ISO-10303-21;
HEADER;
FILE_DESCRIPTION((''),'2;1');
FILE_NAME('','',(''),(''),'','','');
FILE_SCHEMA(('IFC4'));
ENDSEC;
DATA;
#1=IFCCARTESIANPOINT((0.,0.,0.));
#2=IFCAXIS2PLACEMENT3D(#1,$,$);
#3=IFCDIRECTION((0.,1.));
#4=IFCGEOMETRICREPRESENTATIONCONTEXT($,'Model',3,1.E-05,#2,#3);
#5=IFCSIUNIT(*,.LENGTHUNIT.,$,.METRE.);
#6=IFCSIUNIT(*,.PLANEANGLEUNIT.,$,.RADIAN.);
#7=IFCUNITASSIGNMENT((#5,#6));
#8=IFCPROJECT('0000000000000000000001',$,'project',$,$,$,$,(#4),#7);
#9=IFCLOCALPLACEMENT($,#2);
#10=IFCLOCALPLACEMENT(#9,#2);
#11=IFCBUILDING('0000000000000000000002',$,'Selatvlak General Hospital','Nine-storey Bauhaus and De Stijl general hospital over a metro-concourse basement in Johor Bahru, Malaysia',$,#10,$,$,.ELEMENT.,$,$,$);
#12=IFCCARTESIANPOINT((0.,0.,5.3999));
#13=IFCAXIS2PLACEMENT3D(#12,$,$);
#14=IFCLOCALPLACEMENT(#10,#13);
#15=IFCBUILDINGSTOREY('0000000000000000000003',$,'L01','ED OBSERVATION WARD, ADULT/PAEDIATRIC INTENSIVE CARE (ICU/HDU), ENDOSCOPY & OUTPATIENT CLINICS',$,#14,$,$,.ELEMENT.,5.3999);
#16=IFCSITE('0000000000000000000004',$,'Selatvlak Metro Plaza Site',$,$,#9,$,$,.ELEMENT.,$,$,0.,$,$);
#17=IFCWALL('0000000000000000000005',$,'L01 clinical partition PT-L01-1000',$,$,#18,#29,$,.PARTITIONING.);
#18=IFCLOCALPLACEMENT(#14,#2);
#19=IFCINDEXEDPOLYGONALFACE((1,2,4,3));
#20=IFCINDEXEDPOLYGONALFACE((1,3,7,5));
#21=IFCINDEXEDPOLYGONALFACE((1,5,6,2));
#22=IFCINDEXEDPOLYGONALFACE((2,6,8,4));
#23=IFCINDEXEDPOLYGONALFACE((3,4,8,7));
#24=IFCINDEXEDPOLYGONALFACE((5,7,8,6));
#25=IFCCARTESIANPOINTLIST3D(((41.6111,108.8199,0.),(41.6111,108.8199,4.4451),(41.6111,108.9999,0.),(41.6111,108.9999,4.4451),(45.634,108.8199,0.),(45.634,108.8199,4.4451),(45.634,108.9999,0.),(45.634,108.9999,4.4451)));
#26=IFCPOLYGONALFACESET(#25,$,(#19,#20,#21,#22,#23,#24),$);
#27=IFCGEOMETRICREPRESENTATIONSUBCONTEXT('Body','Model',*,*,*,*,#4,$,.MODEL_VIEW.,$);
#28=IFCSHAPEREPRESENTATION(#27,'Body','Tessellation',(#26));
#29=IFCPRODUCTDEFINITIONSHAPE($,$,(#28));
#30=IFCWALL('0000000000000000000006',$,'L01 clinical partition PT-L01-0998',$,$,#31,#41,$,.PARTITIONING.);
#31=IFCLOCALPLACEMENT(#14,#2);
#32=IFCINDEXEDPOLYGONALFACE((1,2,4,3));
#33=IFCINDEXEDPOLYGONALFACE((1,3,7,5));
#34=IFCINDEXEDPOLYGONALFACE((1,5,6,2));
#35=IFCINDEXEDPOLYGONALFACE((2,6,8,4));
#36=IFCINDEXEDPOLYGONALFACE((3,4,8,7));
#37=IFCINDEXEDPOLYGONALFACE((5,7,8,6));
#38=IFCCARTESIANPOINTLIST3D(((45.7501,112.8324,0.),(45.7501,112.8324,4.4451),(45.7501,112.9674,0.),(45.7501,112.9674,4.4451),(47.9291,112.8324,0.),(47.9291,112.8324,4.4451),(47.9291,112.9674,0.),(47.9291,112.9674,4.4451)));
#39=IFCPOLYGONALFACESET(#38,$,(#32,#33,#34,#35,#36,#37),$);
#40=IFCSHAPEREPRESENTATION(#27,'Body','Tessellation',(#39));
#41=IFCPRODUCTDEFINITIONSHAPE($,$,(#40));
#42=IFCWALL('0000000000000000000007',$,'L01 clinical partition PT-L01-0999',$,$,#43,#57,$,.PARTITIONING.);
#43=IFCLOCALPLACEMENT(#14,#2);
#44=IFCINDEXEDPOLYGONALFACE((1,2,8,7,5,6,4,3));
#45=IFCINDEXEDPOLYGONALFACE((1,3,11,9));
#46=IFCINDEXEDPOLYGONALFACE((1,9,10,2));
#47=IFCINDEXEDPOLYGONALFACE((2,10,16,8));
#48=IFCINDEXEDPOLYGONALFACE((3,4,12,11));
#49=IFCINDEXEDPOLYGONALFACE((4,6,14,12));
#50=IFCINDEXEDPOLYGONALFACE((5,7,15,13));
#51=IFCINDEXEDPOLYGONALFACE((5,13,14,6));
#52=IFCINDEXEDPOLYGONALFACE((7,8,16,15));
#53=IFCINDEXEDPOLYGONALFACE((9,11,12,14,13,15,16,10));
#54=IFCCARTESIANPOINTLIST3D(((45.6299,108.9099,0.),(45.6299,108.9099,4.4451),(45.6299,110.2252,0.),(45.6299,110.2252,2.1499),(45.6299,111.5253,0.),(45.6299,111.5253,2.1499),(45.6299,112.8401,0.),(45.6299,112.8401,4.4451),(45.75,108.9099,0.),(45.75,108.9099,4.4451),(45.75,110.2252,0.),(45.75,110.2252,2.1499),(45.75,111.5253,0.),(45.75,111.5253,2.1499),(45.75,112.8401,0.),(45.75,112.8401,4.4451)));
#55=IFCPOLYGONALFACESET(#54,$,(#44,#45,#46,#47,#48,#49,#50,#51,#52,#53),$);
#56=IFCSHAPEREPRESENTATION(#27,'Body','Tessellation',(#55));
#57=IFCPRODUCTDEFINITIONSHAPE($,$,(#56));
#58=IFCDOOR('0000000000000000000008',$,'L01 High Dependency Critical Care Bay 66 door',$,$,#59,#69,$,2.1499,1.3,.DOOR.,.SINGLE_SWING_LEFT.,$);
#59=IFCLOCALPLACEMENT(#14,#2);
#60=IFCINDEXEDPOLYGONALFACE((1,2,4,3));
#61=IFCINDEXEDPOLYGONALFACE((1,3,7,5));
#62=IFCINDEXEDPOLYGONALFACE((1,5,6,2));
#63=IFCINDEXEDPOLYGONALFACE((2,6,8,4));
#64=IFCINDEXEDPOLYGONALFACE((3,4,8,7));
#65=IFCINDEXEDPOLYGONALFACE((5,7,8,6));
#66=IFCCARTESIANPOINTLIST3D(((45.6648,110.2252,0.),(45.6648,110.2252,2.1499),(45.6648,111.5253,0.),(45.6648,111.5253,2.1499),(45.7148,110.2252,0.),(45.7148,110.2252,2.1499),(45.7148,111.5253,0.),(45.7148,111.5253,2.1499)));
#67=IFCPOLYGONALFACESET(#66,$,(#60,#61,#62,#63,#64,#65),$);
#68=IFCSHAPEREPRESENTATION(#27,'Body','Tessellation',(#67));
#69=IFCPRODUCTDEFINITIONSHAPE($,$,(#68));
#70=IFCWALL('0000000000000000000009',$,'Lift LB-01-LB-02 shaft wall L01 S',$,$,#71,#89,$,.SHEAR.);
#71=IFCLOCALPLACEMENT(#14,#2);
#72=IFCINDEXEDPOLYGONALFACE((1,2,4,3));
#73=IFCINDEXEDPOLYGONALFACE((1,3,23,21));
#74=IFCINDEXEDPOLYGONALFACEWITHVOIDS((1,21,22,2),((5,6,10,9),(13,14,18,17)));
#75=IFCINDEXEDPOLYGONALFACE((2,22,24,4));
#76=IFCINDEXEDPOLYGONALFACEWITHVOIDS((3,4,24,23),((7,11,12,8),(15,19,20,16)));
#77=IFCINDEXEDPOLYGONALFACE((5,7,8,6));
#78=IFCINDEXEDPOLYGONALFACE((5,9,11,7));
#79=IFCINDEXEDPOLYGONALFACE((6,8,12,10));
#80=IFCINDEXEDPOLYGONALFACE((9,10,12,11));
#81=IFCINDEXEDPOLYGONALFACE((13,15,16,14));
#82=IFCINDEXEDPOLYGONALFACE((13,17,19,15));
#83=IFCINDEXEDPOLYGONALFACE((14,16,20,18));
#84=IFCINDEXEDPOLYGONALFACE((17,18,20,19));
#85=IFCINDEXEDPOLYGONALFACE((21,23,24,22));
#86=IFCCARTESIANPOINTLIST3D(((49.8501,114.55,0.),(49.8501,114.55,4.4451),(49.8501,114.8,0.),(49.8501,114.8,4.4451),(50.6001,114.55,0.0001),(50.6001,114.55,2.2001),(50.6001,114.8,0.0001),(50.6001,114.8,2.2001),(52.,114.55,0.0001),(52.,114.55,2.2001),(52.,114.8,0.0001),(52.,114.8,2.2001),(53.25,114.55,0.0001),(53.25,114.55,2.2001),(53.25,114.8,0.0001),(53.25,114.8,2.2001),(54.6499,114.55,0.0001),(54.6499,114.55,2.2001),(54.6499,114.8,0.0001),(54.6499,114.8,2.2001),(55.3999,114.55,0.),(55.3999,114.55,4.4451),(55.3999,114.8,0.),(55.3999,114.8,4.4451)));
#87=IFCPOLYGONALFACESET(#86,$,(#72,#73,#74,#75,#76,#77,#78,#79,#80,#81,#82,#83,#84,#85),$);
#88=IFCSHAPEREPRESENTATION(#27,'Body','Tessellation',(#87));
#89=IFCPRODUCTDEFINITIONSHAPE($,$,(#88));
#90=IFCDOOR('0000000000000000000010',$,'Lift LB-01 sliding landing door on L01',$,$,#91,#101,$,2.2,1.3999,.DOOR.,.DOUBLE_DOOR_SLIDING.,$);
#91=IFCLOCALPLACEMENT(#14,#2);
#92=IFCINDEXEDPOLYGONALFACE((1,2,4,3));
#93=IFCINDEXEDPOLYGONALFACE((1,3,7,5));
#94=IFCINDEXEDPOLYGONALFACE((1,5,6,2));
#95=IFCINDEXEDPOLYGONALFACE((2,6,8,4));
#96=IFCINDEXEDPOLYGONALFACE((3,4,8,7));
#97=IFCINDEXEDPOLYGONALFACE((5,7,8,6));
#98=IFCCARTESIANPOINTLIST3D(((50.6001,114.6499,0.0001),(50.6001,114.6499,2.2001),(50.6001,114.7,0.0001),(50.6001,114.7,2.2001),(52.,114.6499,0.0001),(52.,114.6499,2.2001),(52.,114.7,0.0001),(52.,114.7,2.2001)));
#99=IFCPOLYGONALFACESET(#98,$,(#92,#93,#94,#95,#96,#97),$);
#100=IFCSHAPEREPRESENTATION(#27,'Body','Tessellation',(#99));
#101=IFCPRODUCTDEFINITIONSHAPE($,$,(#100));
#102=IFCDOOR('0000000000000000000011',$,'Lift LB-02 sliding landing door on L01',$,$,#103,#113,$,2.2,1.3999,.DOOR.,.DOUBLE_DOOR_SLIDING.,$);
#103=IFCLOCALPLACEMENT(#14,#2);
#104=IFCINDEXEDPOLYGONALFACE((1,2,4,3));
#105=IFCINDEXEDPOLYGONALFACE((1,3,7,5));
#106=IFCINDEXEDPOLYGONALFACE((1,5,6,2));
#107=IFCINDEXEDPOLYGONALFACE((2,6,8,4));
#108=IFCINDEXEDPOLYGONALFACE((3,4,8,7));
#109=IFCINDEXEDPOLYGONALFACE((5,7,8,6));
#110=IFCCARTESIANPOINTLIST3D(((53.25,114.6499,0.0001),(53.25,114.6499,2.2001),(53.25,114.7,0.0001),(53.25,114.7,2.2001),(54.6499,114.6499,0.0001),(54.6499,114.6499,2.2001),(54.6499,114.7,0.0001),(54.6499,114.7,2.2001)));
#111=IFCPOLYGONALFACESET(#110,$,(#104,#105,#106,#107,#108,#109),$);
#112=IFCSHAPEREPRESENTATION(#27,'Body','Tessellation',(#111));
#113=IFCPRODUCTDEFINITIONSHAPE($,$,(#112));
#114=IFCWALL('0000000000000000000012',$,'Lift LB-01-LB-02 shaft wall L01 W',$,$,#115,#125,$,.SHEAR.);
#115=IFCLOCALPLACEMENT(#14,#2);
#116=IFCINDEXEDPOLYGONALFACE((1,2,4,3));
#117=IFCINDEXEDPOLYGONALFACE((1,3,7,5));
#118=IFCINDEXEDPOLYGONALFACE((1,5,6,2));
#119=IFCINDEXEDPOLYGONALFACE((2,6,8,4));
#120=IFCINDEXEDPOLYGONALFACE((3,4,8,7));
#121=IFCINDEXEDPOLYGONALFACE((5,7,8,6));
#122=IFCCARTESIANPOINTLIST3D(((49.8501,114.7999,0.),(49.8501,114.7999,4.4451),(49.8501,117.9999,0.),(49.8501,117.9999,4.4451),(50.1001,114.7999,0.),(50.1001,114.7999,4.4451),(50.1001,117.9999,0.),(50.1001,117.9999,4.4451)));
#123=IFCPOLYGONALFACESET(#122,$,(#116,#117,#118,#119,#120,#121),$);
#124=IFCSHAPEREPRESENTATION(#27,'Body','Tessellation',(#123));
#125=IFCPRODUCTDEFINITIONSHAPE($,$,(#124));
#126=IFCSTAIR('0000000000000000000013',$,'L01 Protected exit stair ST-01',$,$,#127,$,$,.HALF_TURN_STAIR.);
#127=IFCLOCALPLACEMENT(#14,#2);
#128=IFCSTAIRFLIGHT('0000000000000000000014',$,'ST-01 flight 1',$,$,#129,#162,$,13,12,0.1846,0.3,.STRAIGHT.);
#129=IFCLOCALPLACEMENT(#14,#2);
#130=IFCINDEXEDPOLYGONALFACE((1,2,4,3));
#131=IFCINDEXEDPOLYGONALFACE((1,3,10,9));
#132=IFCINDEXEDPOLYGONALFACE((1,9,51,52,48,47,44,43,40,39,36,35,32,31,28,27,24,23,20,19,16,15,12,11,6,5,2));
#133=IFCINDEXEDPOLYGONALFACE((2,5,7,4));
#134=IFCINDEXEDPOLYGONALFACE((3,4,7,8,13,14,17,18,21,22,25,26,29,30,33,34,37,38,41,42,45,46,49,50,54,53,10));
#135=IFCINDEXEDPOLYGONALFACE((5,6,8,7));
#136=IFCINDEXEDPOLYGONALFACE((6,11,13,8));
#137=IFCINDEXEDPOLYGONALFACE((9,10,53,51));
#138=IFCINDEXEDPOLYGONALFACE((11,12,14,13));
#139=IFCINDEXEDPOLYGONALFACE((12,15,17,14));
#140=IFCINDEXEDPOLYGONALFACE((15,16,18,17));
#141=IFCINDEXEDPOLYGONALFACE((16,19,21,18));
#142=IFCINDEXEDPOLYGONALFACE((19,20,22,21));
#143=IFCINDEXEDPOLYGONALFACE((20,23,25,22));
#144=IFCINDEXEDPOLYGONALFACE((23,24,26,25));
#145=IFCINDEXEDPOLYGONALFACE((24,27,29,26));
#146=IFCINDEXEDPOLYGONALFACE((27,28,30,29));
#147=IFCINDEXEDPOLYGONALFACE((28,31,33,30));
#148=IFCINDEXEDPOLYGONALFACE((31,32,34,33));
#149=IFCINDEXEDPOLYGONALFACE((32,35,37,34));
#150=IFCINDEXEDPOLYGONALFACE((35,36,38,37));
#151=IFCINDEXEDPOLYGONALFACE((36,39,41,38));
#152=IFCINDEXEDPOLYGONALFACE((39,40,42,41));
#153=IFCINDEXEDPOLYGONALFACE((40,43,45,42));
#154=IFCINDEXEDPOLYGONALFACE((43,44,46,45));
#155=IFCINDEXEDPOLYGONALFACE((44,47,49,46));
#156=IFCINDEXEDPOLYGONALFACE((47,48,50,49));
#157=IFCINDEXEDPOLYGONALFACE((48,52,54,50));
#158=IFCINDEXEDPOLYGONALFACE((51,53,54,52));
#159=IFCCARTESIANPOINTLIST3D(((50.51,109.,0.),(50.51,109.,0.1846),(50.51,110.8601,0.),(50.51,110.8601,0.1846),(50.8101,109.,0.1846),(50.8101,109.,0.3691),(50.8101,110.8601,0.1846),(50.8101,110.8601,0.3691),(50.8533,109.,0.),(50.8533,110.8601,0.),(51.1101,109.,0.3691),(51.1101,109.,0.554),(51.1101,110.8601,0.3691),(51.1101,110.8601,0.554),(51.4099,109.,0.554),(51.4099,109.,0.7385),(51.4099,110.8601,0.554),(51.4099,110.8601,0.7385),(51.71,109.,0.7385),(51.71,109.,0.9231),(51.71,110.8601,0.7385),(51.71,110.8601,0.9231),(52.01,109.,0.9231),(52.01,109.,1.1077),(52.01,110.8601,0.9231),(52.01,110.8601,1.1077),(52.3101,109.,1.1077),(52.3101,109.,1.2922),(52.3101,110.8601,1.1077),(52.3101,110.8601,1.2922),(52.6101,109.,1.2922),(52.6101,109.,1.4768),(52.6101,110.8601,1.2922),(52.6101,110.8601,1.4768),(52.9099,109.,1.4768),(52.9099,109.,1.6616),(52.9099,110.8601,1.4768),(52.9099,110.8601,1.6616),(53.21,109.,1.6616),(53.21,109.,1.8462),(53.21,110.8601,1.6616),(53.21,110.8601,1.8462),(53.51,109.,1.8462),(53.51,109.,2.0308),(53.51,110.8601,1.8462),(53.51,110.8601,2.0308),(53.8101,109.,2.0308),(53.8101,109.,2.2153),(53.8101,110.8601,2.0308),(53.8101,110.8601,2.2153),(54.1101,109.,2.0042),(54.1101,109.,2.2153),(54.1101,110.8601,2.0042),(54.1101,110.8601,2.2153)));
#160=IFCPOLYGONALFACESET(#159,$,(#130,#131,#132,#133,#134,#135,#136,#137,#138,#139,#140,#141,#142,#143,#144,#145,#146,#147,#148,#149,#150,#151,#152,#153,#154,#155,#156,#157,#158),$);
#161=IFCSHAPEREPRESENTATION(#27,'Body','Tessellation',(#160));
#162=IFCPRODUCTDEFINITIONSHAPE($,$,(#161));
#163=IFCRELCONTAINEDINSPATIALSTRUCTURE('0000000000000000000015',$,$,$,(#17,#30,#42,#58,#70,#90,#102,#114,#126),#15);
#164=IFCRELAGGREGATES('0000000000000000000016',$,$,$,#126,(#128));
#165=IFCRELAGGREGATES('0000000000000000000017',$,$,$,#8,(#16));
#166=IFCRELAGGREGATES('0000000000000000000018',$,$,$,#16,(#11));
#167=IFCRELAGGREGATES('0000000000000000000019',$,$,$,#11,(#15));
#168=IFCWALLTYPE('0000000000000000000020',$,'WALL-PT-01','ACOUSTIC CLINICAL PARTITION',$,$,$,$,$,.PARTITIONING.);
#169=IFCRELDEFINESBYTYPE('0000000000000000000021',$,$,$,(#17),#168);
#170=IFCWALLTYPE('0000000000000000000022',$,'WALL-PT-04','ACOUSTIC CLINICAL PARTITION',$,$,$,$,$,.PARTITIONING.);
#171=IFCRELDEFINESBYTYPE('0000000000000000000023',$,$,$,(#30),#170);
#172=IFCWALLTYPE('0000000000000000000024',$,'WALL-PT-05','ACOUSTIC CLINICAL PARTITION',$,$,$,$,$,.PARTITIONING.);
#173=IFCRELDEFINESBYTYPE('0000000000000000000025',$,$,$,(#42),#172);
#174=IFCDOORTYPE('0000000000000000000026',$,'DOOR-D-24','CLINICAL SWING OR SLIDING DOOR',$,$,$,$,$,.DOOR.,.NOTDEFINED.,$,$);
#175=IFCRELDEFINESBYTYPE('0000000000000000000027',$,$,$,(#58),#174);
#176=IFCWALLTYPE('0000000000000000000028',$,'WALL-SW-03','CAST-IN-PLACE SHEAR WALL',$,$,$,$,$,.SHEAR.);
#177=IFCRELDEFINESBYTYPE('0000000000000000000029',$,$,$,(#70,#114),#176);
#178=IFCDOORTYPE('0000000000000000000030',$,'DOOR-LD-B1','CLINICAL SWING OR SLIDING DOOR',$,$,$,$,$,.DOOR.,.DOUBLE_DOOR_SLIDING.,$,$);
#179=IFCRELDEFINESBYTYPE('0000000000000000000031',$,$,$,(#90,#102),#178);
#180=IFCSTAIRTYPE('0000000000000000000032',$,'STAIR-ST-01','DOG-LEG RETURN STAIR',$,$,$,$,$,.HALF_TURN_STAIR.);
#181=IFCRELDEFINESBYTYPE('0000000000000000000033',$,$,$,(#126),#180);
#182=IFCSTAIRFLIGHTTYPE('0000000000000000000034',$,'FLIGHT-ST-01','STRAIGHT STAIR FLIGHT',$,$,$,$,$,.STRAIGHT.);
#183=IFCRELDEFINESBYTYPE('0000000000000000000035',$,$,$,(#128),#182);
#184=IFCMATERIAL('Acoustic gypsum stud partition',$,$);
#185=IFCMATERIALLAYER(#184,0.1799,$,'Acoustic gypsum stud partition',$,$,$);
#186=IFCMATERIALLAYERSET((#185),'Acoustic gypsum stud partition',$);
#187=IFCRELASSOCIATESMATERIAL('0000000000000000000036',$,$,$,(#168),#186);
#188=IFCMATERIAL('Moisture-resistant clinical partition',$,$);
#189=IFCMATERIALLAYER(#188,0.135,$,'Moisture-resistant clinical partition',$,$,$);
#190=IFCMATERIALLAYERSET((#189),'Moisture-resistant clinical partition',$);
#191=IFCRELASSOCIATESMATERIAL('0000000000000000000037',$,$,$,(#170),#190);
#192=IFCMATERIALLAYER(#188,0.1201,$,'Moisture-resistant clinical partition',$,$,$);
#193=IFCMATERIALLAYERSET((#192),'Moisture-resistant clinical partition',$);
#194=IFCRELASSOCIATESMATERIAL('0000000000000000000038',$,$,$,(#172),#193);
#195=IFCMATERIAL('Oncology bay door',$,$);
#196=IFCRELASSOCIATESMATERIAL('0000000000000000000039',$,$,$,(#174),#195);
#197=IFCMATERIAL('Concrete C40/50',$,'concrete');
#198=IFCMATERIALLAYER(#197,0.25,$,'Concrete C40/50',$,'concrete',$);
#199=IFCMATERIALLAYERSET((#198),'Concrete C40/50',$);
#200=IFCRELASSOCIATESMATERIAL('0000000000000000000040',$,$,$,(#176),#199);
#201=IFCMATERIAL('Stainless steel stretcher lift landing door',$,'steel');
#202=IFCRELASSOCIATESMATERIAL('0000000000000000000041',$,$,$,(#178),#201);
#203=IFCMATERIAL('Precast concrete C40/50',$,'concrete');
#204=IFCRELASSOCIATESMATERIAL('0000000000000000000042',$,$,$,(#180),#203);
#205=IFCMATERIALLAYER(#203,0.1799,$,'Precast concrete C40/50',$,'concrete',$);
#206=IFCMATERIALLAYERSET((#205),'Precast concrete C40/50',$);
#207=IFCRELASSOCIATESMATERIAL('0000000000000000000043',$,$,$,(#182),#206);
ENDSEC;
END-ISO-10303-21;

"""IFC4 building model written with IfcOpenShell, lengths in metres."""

from ifc_helpers import new_model, si_unit, direction, frame, frame_2d, origin, place, context, subcontext, project, spatial, polyline, rectangle, outline, extrude, material, layer, layer_set, type_object, element, fill, aggregate, save


model = new_model("IFC4")

# Units and contexts
model_context = context("Model", 3, precision=1e-05, world=origin(), true_north=direction((0.0, 1.0)))
body_context = subcontext(model_context, "Body", "Model", "MODEL_VIEW")
ifc_project = project(units=[si_unit("LENGTHUNIT", "METRE"), si_unit("PLANEANGLEUNIT", "RADIAN")], contexts=[model_context])

# Site, building, storey
site_placement = place(None, origin())
site = spatial("IfcSite", under=ifc_project, at=site_placement, Name="Selatvlak Metro Plaza Site", CompositionType="ELEMENT", RefElevation=0.0)
building_placement = place(site_placement, origin())
building = spatial("IfcBuilding", under=site, at=building_placement, Name="Selatvlak General Hospital", Description="Nine-storey Bauhaus and De Stijl general hospital over a metro-concourse basement in Johor Bahru, Malaysia", CompositionType="ELEMENT")
storey_placement = place(building_placement, frame((0.0, 0.0, 5.3999)))
storey = spatial("IfcBuildingStorey", under=building, at=storey_placement, Name="L01", Description="ED OBSERVATION WARD, ADULT/PAEDIATRIC INTENSIVE CARE (ICU/HDU), ENDOSCOPY & OUTPATIENT CLINICS", CompositionType="ELEMENT", Elevation=5.3999)

# Shared definitions
ifc_material_1 = material(Name="Concrete C40/50", Category="concrete")

# Walls
ifc_material_2 = material(Name="Acoustic gypsum stud partition")
ifc_layer_1 = layer(ifc_material_2, 0.1799, Name="Acoustic gypsum stud partition")
ifc_layer_set_1 = layer_set([ifc_layer_1], Name="Acoustic gypsum stud partition")
wall_type_1 = type_object("IfcWallType", Name="WALL-PT-01", Description="ACOUSTIC CLINICAL PARTITION", PredefinedType="PARTITIONING", material=ifc_layer_set_1)
wall_1_placement = place(storey_placement, frame((45.634, 108.9099, 0.0), z_axis=(0.0, 0.0, 1.0), x_axis=(-1.0, 0.0, 0.0)))
element("IfcWall", 1, at=wall_1_placement, inside=storey, type_object=wall_type_1, Name="L01 clinical partition PT-L01-1000", PredefinedType="PARTITIONING", context=body_context, shape_type="SweptSolid", body=[
    extrude(rectangle(XDim=4.0229, YDim=0.1799, at=frame_2d((2.0115, 0.0))), origin(), (0.0, 0.0, 1.0), 4.4451),
])
ifc_material_3 = material(Name="Moisture-resistant clinical partition")
ifc_layer_2 = layer(ifc_material_3, 0.135, Name="Moisture-resistant clinical partition")
ifc_layer_set_2 = layer_set([ifc_layer_2], Name="Moisture-resistant clinical partition")
wall_type_2 = type_object("IfcWallType", Name="WALL-PT-04", Description="ACOUSTIC CLINICAL PARTITION", PredefinedType="PARTITIONING", material=ifc_layer_set_2)
wall_2_placement = place(storey_placement, frame((47.929, 112.8999, 0.0), z_axis=(0.0, 0.0, 1.0), x_axis=(-1.0, 0.0, 0.0)))
element("IfcWall", 2, at=wall_2_placement, inside=storey, type_object=wall_type_2, Name="L01 clinical partition PT-L01-0998", PredefinedType="PARTITIONING", context=body_context, shape_type="SweptSolid", body=[
    extrude(rectangle(XDim=2.179, YDim=0.135, at=frame_2d((1.0894, 0.0))), origin(), (0.0, 0.0, 1.0), 4.4451),
])

# Wall, opening, door
ifc_layer_3 = layer(ifc_material_3, 0.1201, Name="Moisture-resistant clinical partition")
ifc_layer_set_3 = layer_set([ifc_layer_3], Name="Moisture-resistant clinical partition")
wall_type_3 = type_object("IfcWallType", Name="WALL-PT-05", Description="ACOUSTIC CLINICAL PARTITION", PredefinedType="PARTITIONING", material=ifc_layer_set_3)
wall_3_placement = place(storey_placement, frame((45.6899, 112.8401, 0.0), z_axis=(0.0, 0.0, 1.0), x_axis=(0.0, -1.0, 0.0)))
wall_3 = element("IfcWall", 3, at=wall_3_placement, inside=storey, type_object=wall_type_3, Name="L01 clinical partition PT-L01-0999", PredefinedType="PARTITIONING", context=body_context, shape_type="SweptSolid", body=[
    extrude(rectangle(XDim=3.9302, YDim=0.1201, at=frame_2d((1.9651, 0.0))), origin(), (0.0, 0.0, 1.0), 4.4451),
])
opening_1_placement = place(wall_3_placement, frame((1.3149, 0.0, 0.0)))
opening_1 = element("IfcOpeningElement", 4, at=opening_1_placement, cuts=wall_3, PredefinedType="OPENING", context=body_context, shape_type="SweptSolid", body=[
    extrude(rectangle(XDim=1.3, YDim=2.1499, at=frame_2d((0.6499, 1.075))), frame((0.0, 0.0701, 0.0), z_axis=(0.0, -1.0, 0.0), x_axis=(1.0, 0.0, 0.0)), (0.0, 0.0, 1.0), 0.1401),
])
ifc_material_4 = material(Name="Oncology bay door")
door_type_1 = type_object("IfcDoorType", Name="DOOR-D-24", Description="CLINICAL SWING OR SLIDING DOOR", OperationType="NOTDEFINED", PredefinedType="DOOR", material=ifc_material_4)
door_1_placement = place(opening_1_placement, origin())
door_1 = element("IfcDoor", 5, at=door_1_placement, inside=storey, type_object=door_type_1, Name="L01 High Dependency Critical Care Bay 66 door", OperationType="SINGLE_SWING_LEFT", OverallHeight=2.1499, OverallWidth=1.3, PredefinedType="DOOR", context=body_context, shape_type="SweptSolid", body=[
    extrude(rectangle(XDim=1.3, YDim=2.1499, at=frame_2d((0.6499, 1.075))), frame((0.0, 0.0249, 0.0), z_axis=(0.0, -1.0, 0.0), x_axis=(1.0, 0.0, 0.0)), (0.0, 0.0, 1.0), 0.05),
])
fill(opening_1, door_1)

# Wall, openings, doors
ifc_layer_4 = layer(ifc_material_1, 0.25, Name="Concrete C40/50", Category="concrete")
ifc_layer_set_4 = layer_set([ifc_layer_4], Name="Concrete C40/50")
wall_type_4 = type_object("IfcWallType", Name="WALL-SW-03", Description="CAST-IN-PLACE SHEAR WALL", PredefinedType="SHEAR", material=ifc_layer_set_4)
wall_4_placement = place(storey_placement, frame((49.8501, 114.675, 0.0), z_axis=(0.0, 0.0, 1.0), x_axis=(1.0, 0.0, 0.0)))
wall_4 = element("IfcWall", 6, at=wall_4_placement, inside=storey, type_object=wall_type_4, Name="Lift LB-01-LB-02 shaft wall L01 S", PredefinedType="SHEAR", context=body_context, shape_type="SweptSolid", body=[
    extrude(rectangle(XDim=5.5498, YDim=0.25, at=frame_2d((2.7749, 0.0))), origin(), (0.0, 0.0, 1.0), 4.4451),
])
opening_2_placement = place(wall_4_placement, frame((0.75, 0.0, 0.0)))
opening_2 = element("IfcOpeningElement", 7, at=opening_2_placement, cuts=wall_4, PredefinedType="OPENING", context=body_context, shape_type="SweptSolid", body=[
    extrude(rectangle(XDim=1.3999, YDim=2.2, at=frame_2d((0.7, 1.1001))), frame((0.0, 0.135, 0.0), z_axis=(0.0, -1.0, 0.0), x_axis=(1.0, 0.0, 0.0)), (0.0, 0.0, 1.0), 0.27),
])
opening_3_placement = place(wall_4_placement, frame((3.3999, 0.0, 0.0)))
opening_3 = element("IfcOpeningElement", 8, at=opening_3_placement, cuts=wall_4, PredefinedType="OPENING", context=body_context, shape_type="SweptSolid", body=[
    extrude(rectangle(XDim=1.3999, YDim=2.2, at=frame_2d((0.7, 1.1001))), frame((0.0, 0.135, 0.0), z_axis=(0.0, -1.0, 0.0), x_axis=(1.0, 0.0, 0.0)), (0.0, 0.0, 1.0), 0.27),
])
ifc_material_5 = material(Name="Stainless steel stretcher lift landing door", Category="steel")
door_type_2 = type_object("IfcDoorType", Name="DOOR-LD-B1", Description="CLINICAL SWING OR SLIDING DOOR", OperationType="DOUBLE_DOOR_SLIDING", PredefinedType="DOOR", material=ifc_material_5)
door_2_placement = place(opening_2_placement, origin())
door_2 = element("IfcDoor", 9, at=door_2_placement, inside=storey, type_object=door_type_2, Name="Lift LB-01 sliding landing door on L01", OperationType="DOUBLE_DOOR_SLIDING", OverallHeight=2.2, OverallWidth=1.3999, PredefinedType="DOOR", context=body_context, shape_type="SweptSolid", body=[
    extrude(rectangle(XDim=1.3999, YDim=2.2, at=frame_2d((0.7, 1.1001))), frame((0.0, 0.0249, 0.0), z_axis=(0.0, -1.0, 0.0), x_axis=(1.0, 0.0, 0.0)), (0.0, 0.0, 1.0), 0.05),
])
fill(opening_2, door_2)
door_3_placement = place(opening_3_placement, origin())
door_3 = element("IfcDoor", 10, at=door_3_placement, inside=storey, type_object=door_type_2, Name="Lift LB-02 sliding landing door on L01", OperationType="DOUBLE_DOOR_SLIDING", OverallHeight=2.2, OverallWidth=1.3999, PredefinedType="DOOR", context=body_context, shape_type="SweptSolid", body=[
    extrude(rectangle(XDim=1.3999, YDim=2.2, at=frame_2d((0.7, 1.1001))), frame((0.0, 0.0249, 0.0), z_axis=(0.0, -1.0, 0.0), x_axis=(1.0, 0.0, 0.0)), (0.0, 0.0, 1.0), 0.05),
])
fill(opening_3, door_3)

# Wall
wall_5_placement = place(storey_placement, frame((49.9751, 118.0, 0.0), z_axis=(0.0, 0.0, 1.0), x_axis=(0.0, -1.0, 0.0)))
element("IfcWall", 11, at=wall_5_placement, inside=storey, type_object=wall_type_4, Name="Lift LB-01-LB-02 shaft wall L01 W", PredefinedType="SHEAR", context=body_context, shape_type="SweptSolid", body=[
    extrude(rectangle(XDim=3.2, YDim=0.25, at=frame_2d((1.6001, 0.0))), origin(), (0.0, 0.0, 1.0), 4.4451),
])

# Stair, stair flight
ifc_material_6 = material(Name="Precast concrete C40/50", Category="concrete")
stair_type = type_object("IfcStairType", Name="STAIR-ST-01", Description="DOG-LEG RETURN STAIR", PredefinedType="HALF_TURN_STAIR", material=ifc_material_6)
stair_placement = place(storey_placement, origin())
stair = element("IfcStair", 12, at=stair_placement, inside=storey, type_object=stair_type, Name="L01 Protected exit stair ST-01", PredefinedType="HALF_TURN_STAIR")
ifc_layer_5 = layer(ifc_material_6, 0.1799, Name="Precast concrete C40/50", Category="concrete")
ifc_layer_set_5 = layer_set([ifc_layer_5], Name="Precast concrete C40/50")
stair_flight_type = type_object("IfcStairFlightType", Name="FLIGHT-ST-01", Description="STRAIGHT STAIR FLIGHT", PredefinedType="STRAIGHT", material=ifc_layer_set_5)
stair_flight_placement = place(storey_placement, frame((50.51, 109.9299, 0.0), z_axis=(0.0, 0.0, 1.0), x_axis=(1.0, 0.0, 0.0)))
stair_flight = element("IfcStairFlight", 13, at=stair_flight_placement, type_object=stair_flight_type, Name="ST-01 flight 1", NumberOfRisers=13, NumberOfTreads=12, PredefinedType="STRAIGHT", RiserHeight=0.1846, TreadLength=0.3, context=body_context, shape_type="SweptSolid", body=[
    extrude(outline(polyline([(0.0, 0.0), (0.0, 0.1846), (0.3, 0.1846), (0.3, 0.3691), (0.6001, 0.3691), (0.6001, 0.554), (0.8999, 0.554), (0.8999, 0.7385), (1.2, 0.7385), (1.2, 0.9231), (1.5, 0.9231), (1.5, 1.1077), (1.8, 1.1077), (1.8, 1.2922), (2.1001, 1.2922), (2.1001, 1.4768), (2.3999, 1.4768), (2.3999, 1.6616), (2.7, 1.6616), (2.7, 1.8462), (3.0, 1.8462), (3.0, 2.0308), (3.3, 2.0308), (3.3, 2.2153), (3.6001, 2.2153), (3.6001, 2.3999), (3.6001, 2.0042), (0.3433, 0.0), (0.0, 0.0)])), frame((0.0, 0.9302, 0.0), z_axis=(0.0, -1.0, 0.0), x_axis=(1.0, 0.0, 0.0)), (0.0, 0.0, 1.0), 1.8601),
])
aggregate(stair, [stair_flight])

save(model, "model.ifc")
